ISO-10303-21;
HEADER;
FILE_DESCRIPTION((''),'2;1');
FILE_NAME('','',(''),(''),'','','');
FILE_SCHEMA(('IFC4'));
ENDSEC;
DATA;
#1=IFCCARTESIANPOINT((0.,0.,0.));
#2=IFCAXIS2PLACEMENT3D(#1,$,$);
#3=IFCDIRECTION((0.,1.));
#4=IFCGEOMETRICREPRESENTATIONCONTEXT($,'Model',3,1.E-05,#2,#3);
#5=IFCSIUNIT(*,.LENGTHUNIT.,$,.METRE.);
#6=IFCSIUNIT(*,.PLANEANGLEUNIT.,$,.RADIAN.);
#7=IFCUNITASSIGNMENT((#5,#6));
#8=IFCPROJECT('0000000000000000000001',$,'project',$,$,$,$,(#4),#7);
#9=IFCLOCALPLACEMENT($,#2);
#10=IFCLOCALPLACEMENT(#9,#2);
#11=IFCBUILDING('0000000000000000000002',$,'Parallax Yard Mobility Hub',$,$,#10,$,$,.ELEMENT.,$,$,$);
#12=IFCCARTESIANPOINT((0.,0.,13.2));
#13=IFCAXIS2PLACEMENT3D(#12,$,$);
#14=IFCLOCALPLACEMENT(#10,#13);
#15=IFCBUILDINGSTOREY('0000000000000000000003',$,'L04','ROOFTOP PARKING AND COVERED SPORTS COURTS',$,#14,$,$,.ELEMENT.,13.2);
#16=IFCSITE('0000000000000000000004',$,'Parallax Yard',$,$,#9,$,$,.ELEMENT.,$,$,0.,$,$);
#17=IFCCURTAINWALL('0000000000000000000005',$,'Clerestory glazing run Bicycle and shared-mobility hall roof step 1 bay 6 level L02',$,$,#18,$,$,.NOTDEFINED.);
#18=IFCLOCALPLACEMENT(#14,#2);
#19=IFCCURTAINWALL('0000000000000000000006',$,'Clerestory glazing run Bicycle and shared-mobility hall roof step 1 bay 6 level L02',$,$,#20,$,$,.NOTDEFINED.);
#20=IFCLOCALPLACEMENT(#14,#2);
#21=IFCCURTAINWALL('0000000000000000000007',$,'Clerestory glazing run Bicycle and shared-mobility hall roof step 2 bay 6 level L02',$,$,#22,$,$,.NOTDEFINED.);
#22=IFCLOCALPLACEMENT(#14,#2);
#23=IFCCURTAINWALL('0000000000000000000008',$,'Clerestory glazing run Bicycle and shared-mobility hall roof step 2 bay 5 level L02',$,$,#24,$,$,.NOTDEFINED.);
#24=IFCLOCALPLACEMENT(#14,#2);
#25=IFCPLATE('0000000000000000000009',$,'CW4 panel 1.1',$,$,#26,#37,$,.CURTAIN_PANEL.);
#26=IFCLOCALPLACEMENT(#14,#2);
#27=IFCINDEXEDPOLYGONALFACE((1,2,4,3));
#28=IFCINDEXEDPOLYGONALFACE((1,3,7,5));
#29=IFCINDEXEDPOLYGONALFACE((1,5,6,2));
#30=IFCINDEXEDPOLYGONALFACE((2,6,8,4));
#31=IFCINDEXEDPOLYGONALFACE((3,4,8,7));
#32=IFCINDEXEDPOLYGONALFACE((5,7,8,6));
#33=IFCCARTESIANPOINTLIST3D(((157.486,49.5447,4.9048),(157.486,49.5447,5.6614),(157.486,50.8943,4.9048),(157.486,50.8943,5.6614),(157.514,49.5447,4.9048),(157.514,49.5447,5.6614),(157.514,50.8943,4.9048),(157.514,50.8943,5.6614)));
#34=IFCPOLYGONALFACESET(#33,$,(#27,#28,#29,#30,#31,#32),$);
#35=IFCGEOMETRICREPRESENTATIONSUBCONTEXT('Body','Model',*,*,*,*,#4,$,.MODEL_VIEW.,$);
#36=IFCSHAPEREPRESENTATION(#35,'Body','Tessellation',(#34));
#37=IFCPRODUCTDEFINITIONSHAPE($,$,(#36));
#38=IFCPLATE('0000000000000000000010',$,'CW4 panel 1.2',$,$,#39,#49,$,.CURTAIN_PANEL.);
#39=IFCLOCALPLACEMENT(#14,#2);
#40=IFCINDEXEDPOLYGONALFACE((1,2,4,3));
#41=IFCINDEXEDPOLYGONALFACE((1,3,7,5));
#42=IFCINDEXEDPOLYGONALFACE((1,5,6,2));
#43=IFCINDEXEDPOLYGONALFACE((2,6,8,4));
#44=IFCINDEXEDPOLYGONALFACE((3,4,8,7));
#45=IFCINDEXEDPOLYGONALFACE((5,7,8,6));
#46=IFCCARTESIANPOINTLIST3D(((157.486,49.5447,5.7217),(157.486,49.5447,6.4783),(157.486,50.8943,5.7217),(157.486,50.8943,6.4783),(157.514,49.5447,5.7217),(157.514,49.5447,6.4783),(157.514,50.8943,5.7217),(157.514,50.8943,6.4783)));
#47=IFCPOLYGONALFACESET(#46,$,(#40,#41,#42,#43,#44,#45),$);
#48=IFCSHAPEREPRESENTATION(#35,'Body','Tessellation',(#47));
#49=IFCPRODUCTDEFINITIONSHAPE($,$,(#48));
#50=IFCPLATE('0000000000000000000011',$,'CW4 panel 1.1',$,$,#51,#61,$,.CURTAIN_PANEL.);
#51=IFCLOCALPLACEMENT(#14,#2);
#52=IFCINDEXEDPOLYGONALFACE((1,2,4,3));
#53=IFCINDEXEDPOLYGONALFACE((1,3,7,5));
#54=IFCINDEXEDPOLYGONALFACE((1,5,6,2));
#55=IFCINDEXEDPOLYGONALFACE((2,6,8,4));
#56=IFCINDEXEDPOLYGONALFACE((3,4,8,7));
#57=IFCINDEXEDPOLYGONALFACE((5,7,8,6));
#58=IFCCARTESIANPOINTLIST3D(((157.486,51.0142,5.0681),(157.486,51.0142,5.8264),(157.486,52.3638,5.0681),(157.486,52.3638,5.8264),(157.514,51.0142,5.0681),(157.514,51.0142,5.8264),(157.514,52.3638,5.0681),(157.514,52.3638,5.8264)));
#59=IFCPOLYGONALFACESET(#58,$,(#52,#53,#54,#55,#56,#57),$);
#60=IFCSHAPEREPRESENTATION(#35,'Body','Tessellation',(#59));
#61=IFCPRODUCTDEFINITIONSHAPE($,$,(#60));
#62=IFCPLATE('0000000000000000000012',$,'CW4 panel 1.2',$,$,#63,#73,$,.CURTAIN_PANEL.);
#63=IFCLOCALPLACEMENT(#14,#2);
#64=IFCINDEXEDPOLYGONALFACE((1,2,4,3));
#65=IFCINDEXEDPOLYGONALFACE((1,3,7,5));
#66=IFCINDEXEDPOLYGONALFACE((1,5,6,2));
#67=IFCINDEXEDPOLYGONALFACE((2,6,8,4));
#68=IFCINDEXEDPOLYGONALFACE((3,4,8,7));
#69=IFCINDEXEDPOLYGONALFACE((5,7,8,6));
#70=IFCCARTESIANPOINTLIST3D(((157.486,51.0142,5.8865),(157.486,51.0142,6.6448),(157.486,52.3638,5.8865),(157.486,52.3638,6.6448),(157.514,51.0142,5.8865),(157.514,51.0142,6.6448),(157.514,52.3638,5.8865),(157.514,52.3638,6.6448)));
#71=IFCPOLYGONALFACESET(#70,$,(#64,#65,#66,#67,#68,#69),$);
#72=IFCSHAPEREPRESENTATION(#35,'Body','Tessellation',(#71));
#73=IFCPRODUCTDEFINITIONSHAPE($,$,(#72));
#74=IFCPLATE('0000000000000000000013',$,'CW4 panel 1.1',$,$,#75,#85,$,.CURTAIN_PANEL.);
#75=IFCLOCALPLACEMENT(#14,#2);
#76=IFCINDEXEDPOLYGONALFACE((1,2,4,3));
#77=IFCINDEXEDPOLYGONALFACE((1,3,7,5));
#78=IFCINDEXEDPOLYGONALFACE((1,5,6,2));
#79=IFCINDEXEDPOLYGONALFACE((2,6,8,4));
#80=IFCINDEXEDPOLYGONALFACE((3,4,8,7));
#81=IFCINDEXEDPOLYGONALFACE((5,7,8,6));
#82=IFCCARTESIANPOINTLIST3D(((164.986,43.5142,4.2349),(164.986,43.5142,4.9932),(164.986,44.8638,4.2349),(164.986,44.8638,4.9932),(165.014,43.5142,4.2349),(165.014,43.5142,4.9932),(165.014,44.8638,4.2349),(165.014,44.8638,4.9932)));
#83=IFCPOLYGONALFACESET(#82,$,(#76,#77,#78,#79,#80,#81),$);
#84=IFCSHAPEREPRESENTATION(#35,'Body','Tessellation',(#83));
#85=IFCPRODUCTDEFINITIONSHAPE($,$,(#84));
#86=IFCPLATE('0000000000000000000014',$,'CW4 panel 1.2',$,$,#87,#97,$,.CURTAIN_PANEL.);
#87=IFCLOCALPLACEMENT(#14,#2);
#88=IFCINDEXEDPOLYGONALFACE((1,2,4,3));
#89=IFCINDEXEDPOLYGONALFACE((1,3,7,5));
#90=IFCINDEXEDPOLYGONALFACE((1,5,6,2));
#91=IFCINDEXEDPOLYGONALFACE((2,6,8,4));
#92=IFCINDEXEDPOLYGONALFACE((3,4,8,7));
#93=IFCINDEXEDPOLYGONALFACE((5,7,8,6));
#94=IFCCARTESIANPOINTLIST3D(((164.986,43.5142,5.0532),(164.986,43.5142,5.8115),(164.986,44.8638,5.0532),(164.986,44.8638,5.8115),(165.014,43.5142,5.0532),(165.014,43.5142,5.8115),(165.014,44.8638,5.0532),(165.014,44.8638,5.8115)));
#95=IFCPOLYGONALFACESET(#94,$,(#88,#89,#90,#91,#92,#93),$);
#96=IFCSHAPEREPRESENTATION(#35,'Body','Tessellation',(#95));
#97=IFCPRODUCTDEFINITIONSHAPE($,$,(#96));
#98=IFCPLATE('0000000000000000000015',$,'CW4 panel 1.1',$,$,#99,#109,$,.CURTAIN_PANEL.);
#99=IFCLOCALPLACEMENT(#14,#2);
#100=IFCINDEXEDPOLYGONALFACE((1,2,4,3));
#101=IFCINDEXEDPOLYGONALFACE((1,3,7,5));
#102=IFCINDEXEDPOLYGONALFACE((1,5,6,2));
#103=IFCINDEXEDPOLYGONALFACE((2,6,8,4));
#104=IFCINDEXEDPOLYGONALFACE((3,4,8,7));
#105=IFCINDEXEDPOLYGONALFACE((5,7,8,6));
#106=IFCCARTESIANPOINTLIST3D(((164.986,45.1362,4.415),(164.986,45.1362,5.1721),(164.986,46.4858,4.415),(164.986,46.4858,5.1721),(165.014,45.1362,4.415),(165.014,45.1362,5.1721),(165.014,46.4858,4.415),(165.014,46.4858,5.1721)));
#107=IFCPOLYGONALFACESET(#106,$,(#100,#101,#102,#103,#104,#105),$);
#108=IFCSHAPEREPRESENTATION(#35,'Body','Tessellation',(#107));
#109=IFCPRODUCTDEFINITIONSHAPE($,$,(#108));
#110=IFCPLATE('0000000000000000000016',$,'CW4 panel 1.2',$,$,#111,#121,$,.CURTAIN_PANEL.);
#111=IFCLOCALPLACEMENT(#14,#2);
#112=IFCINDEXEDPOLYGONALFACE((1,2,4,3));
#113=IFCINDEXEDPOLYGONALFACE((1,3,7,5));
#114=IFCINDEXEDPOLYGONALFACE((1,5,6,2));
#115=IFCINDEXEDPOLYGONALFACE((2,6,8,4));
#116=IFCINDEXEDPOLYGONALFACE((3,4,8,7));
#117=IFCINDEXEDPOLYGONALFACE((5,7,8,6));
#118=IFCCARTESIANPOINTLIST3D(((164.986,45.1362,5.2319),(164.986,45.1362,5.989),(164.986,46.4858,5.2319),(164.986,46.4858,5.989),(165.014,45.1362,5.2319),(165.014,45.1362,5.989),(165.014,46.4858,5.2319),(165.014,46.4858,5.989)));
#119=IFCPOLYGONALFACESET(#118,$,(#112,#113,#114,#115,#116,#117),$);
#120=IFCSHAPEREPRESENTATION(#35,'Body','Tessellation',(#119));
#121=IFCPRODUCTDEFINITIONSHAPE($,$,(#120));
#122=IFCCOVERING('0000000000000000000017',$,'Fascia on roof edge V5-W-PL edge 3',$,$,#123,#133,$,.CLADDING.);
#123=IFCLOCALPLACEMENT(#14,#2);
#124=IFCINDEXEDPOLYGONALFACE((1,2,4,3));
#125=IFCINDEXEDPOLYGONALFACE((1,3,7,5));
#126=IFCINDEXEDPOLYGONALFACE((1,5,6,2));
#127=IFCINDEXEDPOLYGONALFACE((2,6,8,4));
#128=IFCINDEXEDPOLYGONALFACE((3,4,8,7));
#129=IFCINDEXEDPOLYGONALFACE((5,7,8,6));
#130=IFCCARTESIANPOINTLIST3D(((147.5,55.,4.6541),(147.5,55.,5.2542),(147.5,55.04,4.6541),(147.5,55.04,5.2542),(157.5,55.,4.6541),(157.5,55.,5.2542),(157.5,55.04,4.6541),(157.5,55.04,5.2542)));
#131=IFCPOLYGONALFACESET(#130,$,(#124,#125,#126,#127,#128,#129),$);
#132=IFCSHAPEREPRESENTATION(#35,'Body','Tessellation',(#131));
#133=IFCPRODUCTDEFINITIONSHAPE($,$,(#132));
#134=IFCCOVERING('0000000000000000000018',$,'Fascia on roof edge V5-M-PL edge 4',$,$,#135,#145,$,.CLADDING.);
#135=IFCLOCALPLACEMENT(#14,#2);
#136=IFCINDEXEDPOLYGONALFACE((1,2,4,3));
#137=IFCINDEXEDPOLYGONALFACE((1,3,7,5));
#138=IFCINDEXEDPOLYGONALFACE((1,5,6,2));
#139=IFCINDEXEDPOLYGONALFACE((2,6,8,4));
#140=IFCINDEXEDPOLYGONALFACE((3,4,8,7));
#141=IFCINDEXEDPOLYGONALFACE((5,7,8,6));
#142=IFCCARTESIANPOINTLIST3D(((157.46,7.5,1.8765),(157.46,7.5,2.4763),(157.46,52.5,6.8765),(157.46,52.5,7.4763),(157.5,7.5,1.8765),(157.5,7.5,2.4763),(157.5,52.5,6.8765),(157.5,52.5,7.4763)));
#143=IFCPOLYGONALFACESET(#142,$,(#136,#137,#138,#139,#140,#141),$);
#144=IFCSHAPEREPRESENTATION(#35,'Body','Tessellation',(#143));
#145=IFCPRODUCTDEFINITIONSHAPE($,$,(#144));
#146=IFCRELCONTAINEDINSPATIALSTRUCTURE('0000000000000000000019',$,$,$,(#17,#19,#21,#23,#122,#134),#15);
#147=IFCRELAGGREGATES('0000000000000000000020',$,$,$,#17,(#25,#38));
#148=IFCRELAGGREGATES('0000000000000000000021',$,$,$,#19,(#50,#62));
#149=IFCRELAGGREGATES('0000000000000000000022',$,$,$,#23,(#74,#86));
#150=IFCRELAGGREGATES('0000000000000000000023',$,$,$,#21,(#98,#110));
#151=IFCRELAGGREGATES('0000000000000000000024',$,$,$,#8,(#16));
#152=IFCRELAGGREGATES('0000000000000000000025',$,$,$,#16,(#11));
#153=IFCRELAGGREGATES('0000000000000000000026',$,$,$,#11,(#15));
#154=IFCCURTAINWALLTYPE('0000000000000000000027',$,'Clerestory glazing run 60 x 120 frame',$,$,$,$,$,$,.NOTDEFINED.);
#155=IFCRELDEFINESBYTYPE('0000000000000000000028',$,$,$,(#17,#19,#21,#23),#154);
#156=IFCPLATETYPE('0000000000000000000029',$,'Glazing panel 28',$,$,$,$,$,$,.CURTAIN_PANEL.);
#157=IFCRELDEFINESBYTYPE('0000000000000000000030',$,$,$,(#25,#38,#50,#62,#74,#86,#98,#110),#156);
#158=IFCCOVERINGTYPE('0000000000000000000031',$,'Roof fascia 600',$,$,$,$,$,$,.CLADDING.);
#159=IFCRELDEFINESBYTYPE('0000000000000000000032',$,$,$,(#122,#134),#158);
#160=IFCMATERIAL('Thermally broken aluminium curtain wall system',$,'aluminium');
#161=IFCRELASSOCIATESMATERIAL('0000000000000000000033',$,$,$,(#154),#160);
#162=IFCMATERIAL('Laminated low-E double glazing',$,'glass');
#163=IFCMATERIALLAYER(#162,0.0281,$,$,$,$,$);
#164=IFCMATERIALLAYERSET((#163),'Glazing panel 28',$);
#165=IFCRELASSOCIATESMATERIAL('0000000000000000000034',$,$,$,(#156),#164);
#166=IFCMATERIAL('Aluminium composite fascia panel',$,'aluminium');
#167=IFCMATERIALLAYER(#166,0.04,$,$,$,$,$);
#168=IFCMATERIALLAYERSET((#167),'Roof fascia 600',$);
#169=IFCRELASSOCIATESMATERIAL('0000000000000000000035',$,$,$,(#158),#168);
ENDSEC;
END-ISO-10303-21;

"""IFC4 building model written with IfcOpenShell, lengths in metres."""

from ifc_helpers import new_model, si_unit, direction, frame, origin, origin_2d, place, context, subcontext, project, spatial, polyline, rectangle, outline, extrude, material, layer, layer_set, type_object, element, aggregate, save


model = new_model("IFC4")

# Units and contexts
model_context = context("Model", 3, precision=1e-05, world=origin(), true_north=direction((0.0, 1.0)))
body_context = subcontext(model_context, "Body", "Model", "MODEL_VIEW")
ifc_project = project(units=[si_unit("LENGTHUNIT", "METRE"), si_unit("PLANEANGLEUNIT", "RADIAN")], contexts=[model_context])

# Site, building, storey
site_placement = place(None, origin())
site = spatial("IfcSite", under=ifc_project, at=site_placement, Name="Parallax Yard", CompositionType="ELEMENT", RefElevation=0.0)
building_placement = place(site_placement, origin())
building = spatial("IfcBuilding", under=site, at=building_placement, Name="Parallax Yard Mobility Hub", CompositionType="ELEMENT")
storey_placement = place(building_placement, frame((0.0, 0.0, 13.2)))
storey = spatial("IfcBuildingStorey", under=building, at=storey_placement, Name="L04", Description="ROOFTOP PARKING AND COVERED SPORTS COURTS", CompositionType="ELEMENT", Elevation=13.2)

# Curtain walls
ifc_material_1 = material(Name="Thermally broken aluminium curtain wall system", Category="aluminium")
curtain_wall_type = type_object("IfcCurtainWallType", Name="Clerestory glazing run 60 x 120 frame", PredefinedType="NOTDEFINED", material=ifc_material_1)
curtain_wall_1_placement = place(storey_placement, origin())
curtain_wall_1 = element("IfcCurtainWall", 1, at=curtain_wall_1_placement, inside=storey, type_object=curtain_wall_type, Name="Clerestory glazing run Bicycle and shared-mobility hall roof step 1 bay 6 level L02", PredefinedType="NOTDEFINED")
curtain_wall_2_placement = place(storey_placement, origin())
curtain_wall_2 = element("IfcCurtainWall", 2, at=curtain_wall_2_placement, inside=storey, type_object=curtain_wall_type, Name="Clerestory glazing run Bicycle and shared-mobility hall roof step 1 bay 6 level L02", PredefinedType="NOTDEFINED")
curtain_wall_3_placement = place(storey_placement, origin())
curtain_wall_3 = element("IfcCurtainWall", 3, at=curtain_wall_3_placement, inside=storey, type_object=curtain_wall_type, Name="Clerestory glazing run Bicycle and shared-mobility hall roof step 2 bay 6 level L02", PredefinedType="NOTDEFINED")

# Curtain wall
curtain_wall_4_placement = place(storey_placement, origin())
curtain_wall_4 = element("IfcCurtainWall", 4, at=curtain_wall_4_placement, inside=storey, type_object=curtain_wall_type, Name="Clerestory glazing run Bicycle and shared-mobility hall roof step 2 bay 5 level L02", PredefinedType="NOTDEFINED")

# Plates
ifc_material_2 = material(Name="Laminated low-E double glazing", Category="glass")
ifc_layer_1 = layer(ifc_material_2, 0.0281)
ifc_layer_set_1 = layer_set([ifc_layer_1], Name="Glazing panel 28")
plate_type = type_object("IfcPlateType", Name="Glazing panel 28", PredefinedType="CURTAIN_PANEL", material=ifc_layer_set_1)
plate_1_placement = place(storey_placement, frame((157.5, 50.2195, 4.9048), z_axis=(0.0, 0.0, 1.0), x_axis=(0.0, 1.0, 0.0)))
plate_1 = element("IfcPlate", 5, at=plate_1_placement, type_object=plate_type, Name="CW4 panel 1.1", PredefinedType="CURTAIN_PANEL", context=body_context, shape_type="SweptSolid", body=[
    extrude(rectangle(XDim=1.3496, YDim=0.0281, at=origin_2d()), origin(), (0.0, 0.0, 1.0), 0.7566),
])
plate_2_placement = place(storey_placement, frame((157.5, 50.2195, 5.7217), z_axis=(0.0, 0.0, 1.0), x_axis=(0.0, 1.0, 0.0)))
plate_2 = element("IfcPlate", 6, at=plate_2_placement, type_object=plate_type, Name="CW4 panel 1.2", PredefinedType="CURTAIN_PANEL", context=body_context, shape_type="SweptSolid", body=[
    extrude(rectangle(XDim=1.3496, YDim=0.0281, at=origin_2d()), origin(), (0.0, 0.0, 1.0), 0.7566),
])
aggregate(curtain_wall_1, [plate_1, plate_2])
plate_3_placement = place(storey_placement, frame((157.5, 51.689, 5.0681), z_axis=(0.0, 0.0, 1.0), x_axis=(0.0, 1.0, 0.0)))
plate_3 = element("IfcPlate", 7, at=plate_3_placement, type_object=plate_type, Name="CW4 panel 1.1", PredefinedType="CURTAIN_PANEL", context=body_context, shape_type="SweptSolid", body=[
    extrude(rectangle(XDim=1.3496, YDim=0.0281, at=origin_2d()), origin(), (0.0, 0.0, 1.0), 0.7583),
])
plate_4_placement = place(storey_placement, frame((157.5, 51.689, 5.8865), z_axis=(0.0, 0.0, 1.0), x_axis=(0.0, 1.0, 0.0)))
plate_4 = element("IfcPlate", 8, at=plate_4_placement, type_object=plate_type, Name="CW4 panel 1.2", PredefinedType="CURTAIN_PANEL", context=body_context, shape_type="SweptSolid", body=[
    extrude(rectangle(XDim=1.3496, YDim=0.0281, at=origin_2d()), origin(), (0.0, 0.0, 1.0), 0.7583),
])
aggregate(curtain_wall_2, [plate_3, plate_4])
plate_5_placement = place(storey_placement, frame((165.0, 44.189, 4.2349), z_axis=(0.0, 0.0, 1.0), x_axis=(0.0, 1.0, 0.0)))
plate_5 = element("IfcPlate", 9, at=plate_5_placement, type_object=plate_type, Name="CW4 panel 1.1", PredefinedType="CURTAIN_PANEL", context=body_context, shape_type="SweptSolid", body=[
    extrude(rectangle(XDim=1.3496, YDim=0.0281, at=origin_2d()), origin(), (0.0, 0.0, 1.0), 0.7583),
])
plate_6_placement = place(storey_placement, frame((165.0, 44.189, 5.0532), z_axis=(0.0, 0.0, 1.0), x_axis=(0.0, 1.0, 0.0)))
plate_6 = element("IfcPlate", 10, at=plate_6_placement, type_object=plate_type, Name="CW4 panel 1.2", PredefinedType="CURTAIN_PANEL", context=body_context, shape_type="SweptSolid", body=[
    extrude(rectangle(XDim=1.3496, YDim=0.0281, at=origin_2d()), origin(), (0.0, 0.0, 1.0), 0.7583),
])
aggregate(curtain_wall_4, [plate_5, plate_6])
plate_7_placement = place(storey_placement, frame((165.0, 45.811, 4.415), z_axis=(0.0, 0.0, 1.0), x_axis=(0.0, 1.0, 0.0)))
plate_7 = element("IfcPlate", 11, at=plate_7_placement, type_object=plate_type, Name="CW4 panel 1.1", PredefinedType="CURTAIN_PANEL", context=body_context, shape_type="SweptSolid", body=[
    extrude(rectangle(XDim=1.3496, YDim=0.0281, at=origin_2d()), origin(), (0.0, 0.0, 1.0), 0.7571),
])
plate_8_placement = place(storey_placement, frame((165.0, 45.811, 5.2319), z_axis=(0.0, 0.0, 1.0), x_axis=(0.0, 1.0, 0.0)))
plate_8 = element("IfcPlate", 12, at=plate_8_placement, type_object=plate_type, Name="CW4 panel 1.2", PredefinedType="CURTAIN_PANEL", context=body_context, shape_type="SweptSolid", body=[
    extrude(rectangle(XDim=1.3496, YDim=0.0281, at=origin_2d()), origin(), (0.0, 0.0, 1.0), 0.7571),
])
aggregate(curtain_wall_3, [plate_7, plate_8])

# Coverings
ifc_material_3 = material(Name="Aluminium composite fascia panel", Category="aluminium")
ifc_layer_2 = layer(ifc_material_3, 0.04)
ifc_layer_set_2 = layer_set([ifc_layer_2], Name="Roof fascia 600")
covering_type = type_object("IfcCoveringType", Name="Roof fascia 600", PredefinedType="CLADDING", material=ifc_layer_set_2)
covering_1_placement = place(storey_placement, frame((157.5, 55.0, 5.2542), z_axis=(0.0, -1.0, 0.0), x_axis=(-1.0, 0.0, 0.0)))
element("IfcCovering", 13, at=covering_1_placement, inside=storey, type_object=covering_type, Name="Fascia on roof edge V5-W-PL edge 3", PredefinedType="CLADDING", context=body_context, shape_type="SweptSolid", body=[
    extrude(outline(polyline([(0.0, 0.0), (10.0, 0.0), (10.0, 0.6001), (0.0, 0.6001), (0.0, 0.0)])), origin(), (0.0, 0.0, -1.0), 0.04),
])
covering_2_placement = place(storey_placement, frame((157.5, 52.5, 7.4763), z_axis=(1.0, 0.0, 0.0), x_axis=(0.0, -0.993884, -0.110432)))
element("IfcCovering", 14, at=covering_2_placement, inside=storey, type_object=covering_type, Name="Fascia on roof edge V5-M-PL edge 4", PredefinedType="CLADDING", context=body_context, shape_type="SweptSolid", body=[
    extrude(outline(polyline([(0.0, 0.0), (45.2769, 0.0), (45.3432, 0.5962), (0.0662, 0.5962), (0.0, 0.0)])), origin(), (0.0, 0.0, -1.0), 0.04),
])

save(model, "model.ifc")
